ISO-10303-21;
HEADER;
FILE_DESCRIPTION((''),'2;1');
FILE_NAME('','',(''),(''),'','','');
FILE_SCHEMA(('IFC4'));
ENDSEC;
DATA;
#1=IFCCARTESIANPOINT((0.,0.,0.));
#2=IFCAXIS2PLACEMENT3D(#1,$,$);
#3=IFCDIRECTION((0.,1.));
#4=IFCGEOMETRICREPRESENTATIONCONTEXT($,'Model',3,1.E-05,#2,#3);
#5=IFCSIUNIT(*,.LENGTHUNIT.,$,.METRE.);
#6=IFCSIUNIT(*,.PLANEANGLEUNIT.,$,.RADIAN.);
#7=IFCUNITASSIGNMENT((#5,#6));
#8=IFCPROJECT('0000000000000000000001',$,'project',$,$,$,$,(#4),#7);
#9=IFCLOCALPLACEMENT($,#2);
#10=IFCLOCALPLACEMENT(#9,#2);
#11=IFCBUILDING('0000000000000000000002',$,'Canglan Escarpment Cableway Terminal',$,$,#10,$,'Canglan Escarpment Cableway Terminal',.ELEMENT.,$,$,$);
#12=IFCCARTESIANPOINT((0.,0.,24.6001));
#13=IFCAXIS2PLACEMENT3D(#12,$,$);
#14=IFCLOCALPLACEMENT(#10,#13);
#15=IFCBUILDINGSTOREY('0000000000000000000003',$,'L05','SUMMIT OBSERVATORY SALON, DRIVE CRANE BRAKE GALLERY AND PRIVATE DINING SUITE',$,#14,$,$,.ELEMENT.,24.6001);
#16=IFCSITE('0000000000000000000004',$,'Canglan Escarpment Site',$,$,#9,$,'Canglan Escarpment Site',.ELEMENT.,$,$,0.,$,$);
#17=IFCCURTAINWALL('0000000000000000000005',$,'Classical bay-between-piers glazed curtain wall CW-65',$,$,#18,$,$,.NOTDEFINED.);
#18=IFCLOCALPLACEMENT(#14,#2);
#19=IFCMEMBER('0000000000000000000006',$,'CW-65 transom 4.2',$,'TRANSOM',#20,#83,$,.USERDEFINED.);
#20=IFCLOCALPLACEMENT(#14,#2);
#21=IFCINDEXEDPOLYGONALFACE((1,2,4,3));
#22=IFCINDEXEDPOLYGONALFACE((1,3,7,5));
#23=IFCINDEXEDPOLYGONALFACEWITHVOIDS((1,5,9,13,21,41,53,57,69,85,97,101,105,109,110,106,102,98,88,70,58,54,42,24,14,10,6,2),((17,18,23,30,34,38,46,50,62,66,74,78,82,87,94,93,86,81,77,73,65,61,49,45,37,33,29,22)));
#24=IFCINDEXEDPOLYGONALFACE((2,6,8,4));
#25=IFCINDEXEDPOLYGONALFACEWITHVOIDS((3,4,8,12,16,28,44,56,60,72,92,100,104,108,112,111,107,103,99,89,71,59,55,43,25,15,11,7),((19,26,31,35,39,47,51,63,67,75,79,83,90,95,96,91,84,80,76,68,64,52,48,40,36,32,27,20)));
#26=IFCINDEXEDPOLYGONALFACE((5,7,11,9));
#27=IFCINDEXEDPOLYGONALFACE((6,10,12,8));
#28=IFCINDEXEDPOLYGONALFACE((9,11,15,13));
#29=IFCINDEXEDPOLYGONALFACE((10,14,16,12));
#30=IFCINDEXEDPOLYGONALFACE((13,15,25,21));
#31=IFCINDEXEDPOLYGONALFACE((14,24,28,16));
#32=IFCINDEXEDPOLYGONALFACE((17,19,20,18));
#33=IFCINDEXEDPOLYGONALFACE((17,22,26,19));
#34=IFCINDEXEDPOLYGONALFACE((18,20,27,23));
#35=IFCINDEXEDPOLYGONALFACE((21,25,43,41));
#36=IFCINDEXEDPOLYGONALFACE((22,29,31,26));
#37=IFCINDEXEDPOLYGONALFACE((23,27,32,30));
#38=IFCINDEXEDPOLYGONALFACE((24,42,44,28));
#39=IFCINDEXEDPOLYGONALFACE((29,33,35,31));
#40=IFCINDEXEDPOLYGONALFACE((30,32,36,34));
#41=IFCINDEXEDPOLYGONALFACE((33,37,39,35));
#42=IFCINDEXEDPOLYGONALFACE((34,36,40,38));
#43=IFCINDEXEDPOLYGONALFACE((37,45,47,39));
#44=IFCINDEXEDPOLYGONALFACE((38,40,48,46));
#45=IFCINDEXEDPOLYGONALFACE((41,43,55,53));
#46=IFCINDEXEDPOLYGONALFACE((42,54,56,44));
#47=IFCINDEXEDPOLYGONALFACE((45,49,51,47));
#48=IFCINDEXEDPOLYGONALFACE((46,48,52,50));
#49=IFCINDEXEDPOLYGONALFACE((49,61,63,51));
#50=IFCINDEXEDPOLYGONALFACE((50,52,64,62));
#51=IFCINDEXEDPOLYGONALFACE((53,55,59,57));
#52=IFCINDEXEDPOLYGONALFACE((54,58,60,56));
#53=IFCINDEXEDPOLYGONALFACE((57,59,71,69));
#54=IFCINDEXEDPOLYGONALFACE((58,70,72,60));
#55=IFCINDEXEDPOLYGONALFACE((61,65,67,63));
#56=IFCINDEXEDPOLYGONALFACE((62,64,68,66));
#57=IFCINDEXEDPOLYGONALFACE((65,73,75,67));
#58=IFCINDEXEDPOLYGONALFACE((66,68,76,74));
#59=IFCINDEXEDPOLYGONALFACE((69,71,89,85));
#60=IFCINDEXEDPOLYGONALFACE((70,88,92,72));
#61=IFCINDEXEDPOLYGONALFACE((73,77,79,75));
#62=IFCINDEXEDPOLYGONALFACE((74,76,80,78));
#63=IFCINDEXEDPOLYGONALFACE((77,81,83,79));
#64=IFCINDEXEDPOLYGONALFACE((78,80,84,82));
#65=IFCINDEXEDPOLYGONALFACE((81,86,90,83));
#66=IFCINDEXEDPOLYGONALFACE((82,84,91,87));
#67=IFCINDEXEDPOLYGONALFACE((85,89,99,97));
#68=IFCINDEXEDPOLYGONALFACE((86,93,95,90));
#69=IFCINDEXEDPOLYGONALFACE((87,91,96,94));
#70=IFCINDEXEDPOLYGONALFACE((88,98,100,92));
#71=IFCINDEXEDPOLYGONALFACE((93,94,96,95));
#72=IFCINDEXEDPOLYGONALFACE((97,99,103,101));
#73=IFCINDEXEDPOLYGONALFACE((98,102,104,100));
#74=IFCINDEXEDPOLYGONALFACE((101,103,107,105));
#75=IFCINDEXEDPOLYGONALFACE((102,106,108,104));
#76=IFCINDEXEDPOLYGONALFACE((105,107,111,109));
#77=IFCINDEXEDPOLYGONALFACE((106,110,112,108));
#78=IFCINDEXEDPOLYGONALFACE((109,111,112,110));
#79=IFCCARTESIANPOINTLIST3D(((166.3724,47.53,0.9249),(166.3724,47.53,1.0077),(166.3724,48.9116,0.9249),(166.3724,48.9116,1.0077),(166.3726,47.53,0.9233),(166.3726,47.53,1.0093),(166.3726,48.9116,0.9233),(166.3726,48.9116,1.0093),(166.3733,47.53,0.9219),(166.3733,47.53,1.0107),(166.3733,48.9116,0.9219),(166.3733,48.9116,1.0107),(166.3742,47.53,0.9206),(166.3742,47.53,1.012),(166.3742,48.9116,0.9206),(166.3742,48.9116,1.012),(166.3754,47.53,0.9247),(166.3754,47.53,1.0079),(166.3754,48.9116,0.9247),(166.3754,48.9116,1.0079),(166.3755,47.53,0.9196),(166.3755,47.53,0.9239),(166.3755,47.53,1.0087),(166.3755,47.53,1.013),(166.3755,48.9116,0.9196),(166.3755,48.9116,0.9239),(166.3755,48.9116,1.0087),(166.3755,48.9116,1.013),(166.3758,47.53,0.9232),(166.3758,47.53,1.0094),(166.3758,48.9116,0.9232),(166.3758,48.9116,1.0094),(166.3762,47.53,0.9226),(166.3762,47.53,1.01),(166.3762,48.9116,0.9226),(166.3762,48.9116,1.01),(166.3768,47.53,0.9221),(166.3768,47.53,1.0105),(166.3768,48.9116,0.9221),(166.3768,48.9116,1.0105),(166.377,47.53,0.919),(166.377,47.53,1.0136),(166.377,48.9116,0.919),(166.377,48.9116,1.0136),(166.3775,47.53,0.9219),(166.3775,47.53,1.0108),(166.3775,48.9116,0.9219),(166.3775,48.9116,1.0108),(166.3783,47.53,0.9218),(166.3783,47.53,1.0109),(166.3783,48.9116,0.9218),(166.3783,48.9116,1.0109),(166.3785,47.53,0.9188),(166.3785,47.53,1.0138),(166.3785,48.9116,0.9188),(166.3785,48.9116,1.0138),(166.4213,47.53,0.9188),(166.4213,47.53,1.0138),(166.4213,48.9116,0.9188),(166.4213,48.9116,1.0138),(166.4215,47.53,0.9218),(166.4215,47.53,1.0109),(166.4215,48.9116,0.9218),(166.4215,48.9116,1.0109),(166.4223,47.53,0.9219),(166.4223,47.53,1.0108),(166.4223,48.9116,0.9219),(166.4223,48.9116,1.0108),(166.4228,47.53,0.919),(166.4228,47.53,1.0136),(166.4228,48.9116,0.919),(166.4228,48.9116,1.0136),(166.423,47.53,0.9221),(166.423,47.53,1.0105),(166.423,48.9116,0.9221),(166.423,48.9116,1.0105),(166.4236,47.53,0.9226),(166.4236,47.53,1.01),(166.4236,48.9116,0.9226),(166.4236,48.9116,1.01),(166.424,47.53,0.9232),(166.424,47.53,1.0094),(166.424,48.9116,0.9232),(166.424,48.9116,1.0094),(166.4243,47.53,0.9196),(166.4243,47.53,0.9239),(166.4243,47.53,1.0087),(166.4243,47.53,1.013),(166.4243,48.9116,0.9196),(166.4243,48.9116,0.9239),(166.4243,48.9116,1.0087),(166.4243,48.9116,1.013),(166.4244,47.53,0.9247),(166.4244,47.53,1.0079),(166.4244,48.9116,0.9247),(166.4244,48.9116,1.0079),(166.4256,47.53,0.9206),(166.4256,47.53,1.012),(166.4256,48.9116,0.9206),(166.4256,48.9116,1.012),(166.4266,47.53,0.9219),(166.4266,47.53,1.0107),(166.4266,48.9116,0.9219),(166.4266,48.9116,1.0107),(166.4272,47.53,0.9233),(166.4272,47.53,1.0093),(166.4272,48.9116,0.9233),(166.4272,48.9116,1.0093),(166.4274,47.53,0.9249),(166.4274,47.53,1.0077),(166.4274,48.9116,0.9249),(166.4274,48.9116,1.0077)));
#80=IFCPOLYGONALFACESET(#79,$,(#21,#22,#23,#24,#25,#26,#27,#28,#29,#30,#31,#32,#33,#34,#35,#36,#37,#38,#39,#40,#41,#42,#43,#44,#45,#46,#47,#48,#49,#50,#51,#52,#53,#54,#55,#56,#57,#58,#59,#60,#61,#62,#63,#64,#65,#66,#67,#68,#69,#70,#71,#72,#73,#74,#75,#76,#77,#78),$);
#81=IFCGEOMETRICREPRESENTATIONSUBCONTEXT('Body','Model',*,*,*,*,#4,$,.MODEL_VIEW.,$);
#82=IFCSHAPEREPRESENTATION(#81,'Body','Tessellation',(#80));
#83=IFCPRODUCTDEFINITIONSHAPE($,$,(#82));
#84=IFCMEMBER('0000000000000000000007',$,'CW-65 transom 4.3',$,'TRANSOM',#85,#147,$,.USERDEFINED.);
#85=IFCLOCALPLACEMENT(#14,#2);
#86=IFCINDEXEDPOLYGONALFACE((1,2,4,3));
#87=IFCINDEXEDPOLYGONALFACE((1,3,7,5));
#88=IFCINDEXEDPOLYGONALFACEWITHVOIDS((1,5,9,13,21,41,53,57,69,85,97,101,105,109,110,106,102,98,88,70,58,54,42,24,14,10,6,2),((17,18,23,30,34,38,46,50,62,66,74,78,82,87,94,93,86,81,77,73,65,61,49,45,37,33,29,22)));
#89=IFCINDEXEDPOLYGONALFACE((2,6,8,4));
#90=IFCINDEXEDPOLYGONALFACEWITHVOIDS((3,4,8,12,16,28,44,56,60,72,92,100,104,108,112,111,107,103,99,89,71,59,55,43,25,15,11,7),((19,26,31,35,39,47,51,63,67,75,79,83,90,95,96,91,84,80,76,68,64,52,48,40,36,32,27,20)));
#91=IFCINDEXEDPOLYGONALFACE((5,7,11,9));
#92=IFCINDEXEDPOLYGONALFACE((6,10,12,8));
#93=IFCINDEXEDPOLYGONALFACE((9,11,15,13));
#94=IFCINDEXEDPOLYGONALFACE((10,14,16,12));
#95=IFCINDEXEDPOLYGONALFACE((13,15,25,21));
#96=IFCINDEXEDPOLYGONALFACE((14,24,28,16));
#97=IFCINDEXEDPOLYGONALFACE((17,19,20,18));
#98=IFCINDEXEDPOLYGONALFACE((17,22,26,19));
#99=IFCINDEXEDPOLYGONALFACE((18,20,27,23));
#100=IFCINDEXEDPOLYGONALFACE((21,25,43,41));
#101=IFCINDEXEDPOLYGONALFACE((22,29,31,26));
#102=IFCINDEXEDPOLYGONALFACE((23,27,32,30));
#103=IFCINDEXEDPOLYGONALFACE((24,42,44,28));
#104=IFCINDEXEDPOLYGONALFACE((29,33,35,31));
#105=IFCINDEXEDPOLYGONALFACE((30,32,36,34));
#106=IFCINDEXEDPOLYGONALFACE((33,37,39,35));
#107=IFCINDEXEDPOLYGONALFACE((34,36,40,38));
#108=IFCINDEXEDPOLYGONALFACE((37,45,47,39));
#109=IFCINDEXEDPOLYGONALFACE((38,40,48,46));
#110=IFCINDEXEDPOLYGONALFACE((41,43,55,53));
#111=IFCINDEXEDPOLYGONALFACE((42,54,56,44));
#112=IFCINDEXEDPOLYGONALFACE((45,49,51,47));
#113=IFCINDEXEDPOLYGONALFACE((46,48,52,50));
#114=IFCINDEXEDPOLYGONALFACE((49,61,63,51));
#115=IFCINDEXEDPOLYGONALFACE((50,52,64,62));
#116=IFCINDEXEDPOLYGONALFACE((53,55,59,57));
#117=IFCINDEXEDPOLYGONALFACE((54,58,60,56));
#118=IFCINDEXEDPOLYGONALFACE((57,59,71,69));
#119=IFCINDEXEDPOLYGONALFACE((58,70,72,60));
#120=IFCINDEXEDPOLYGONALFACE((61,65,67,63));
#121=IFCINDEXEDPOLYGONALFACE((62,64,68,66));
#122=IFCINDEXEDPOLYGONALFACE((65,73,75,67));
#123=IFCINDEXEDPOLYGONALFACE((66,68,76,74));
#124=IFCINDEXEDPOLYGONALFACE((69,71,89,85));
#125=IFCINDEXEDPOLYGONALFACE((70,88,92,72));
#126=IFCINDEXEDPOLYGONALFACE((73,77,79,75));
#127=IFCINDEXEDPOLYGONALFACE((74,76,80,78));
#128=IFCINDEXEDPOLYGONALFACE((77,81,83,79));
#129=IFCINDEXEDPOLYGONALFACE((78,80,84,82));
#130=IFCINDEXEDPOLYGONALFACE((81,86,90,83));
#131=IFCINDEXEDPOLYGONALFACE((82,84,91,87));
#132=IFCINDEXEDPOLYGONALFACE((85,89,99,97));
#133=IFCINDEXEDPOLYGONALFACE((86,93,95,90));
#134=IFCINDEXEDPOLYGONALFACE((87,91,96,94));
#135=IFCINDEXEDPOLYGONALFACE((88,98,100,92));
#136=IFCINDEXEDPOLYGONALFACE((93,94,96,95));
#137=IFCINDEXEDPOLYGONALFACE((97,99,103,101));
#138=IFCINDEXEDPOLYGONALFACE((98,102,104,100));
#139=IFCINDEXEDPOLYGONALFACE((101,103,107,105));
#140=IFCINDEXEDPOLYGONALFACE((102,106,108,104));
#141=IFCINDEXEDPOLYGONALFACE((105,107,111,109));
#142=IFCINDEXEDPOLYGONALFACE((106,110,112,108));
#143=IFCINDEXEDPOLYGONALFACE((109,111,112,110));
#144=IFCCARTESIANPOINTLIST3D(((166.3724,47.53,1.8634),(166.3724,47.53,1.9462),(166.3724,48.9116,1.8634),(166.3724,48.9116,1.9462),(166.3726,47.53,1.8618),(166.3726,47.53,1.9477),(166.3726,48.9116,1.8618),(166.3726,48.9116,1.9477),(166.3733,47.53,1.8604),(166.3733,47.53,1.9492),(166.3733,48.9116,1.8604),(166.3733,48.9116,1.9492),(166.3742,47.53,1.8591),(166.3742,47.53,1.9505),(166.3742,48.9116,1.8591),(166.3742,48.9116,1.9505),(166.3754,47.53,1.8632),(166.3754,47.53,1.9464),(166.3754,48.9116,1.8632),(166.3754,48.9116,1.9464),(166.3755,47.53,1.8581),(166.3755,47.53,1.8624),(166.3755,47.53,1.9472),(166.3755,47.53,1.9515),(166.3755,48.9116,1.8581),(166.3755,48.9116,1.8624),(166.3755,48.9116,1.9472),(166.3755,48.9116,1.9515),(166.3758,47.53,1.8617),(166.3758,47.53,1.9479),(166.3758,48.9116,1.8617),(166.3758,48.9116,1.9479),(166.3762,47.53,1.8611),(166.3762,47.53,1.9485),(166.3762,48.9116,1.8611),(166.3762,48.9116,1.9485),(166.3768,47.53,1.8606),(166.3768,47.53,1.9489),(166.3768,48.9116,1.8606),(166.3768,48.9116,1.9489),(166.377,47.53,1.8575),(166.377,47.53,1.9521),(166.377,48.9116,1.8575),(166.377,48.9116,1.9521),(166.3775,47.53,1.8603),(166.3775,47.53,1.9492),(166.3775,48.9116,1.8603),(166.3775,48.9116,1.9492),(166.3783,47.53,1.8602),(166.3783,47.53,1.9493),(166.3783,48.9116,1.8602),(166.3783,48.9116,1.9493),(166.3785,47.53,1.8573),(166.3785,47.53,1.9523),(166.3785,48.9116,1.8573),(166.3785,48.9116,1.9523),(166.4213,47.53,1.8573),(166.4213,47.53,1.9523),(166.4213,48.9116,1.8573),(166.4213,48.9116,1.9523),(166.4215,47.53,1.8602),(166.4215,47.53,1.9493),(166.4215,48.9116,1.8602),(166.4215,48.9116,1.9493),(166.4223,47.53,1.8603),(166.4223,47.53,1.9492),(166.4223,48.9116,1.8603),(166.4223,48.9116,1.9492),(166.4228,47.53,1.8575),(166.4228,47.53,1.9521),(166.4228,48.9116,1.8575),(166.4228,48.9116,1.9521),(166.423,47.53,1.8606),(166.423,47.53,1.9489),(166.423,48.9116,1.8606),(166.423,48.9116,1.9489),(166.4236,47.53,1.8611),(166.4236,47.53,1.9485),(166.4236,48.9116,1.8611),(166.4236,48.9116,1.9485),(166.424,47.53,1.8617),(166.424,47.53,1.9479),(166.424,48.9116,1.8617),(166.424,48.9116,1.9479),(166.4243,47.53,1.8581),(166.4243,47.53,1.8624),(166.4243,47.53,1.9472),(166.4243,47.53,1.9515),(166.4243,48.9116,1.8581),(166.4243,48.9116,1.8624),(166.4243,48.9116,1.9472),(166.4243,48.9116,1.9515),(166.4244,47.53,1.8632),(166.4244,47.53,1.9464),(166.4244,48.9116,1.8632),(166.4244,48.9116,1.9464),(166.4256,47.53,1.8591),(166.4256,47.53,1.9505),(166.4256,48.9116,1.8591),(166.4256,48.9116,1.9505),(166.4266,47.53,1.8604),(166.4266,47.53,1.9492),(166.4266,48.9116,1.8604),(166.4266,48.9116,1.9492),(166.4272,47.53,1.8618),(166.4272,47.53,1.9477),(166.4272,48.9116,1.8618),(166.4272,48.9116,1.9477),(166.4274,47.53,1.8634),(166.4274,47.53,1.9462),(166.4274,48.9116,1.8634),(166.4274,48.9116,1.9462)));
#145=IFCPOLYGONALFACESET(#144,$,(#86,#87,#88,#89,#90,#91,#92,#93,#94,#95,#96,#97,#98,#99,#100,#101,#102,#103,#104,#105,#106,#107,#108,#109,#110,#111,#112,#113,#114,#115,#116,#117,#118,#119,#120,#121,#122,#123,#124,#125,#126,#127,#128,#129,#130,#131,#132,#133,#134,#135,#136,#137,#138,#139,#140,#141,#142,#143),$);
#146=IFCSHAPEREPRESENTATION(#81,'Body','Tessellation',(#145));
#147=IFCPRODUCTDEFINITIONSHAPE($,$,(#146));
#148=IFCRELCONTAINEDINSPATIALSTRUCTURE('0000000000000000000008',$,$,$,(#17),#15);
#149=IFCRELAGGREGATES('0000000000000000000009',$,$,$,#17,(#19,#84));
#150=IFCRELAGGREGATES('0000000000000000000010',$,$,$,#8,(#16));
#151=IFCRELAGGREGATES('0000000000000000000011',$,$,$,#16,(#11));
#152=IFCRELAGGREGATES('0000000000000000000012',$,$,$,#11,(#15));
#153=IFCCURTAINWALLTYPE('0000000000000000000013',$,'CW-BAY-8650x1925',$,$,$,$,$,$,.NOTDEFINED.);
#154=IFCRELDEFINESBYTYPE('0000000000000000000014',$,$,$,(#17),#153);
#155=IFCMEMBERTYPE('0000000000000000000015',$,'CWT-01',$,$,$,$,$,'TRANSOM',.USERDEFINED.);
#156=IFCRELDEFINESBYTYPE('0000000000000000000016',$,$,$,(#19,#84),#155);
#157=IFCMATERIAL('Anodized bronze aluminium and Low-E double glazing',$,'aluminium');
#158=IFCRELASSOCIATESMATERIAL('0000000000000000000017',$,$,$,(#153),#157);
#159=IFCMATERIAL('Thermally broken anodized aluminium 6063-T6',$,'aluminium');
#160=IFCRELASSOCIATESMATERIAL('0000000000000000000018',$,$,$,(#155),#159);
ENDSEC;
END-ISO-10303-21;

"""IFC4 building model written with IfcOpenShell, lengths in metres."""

from ifc_helpers import new_model, si_unit, direction, frame, origin, origin_2d, place, context, subcontext, project, spatial, hollow_rectangle, extrude, material, material_profile, profile_set, type_object, element, aggregate, save


model = new_model("IFC4")

# Units and contexts
model_context = context("Model", 3, precision=1e-05, world=origin(), true_north=direction((0.0, 1.0)))
body_context = subcontext(model_context, "Body", "Model", "MODEL_VIEW")
ifc_project = project(units=[si_unit("LENGTHUNIT", "METRE"), si_unit("PLANEANGLEUNIT", "RADIAN")], contexts=[model_context])

# Site, building, storey
site_placement = place(None, origin())
site = spatial("IfcSite", under=ifc_project, at=site_placement, Name="Canglan Escarpment Site", LongName="Canglan Escarpment Site", CompositionType="ELEMENT", RefElevation=0.0)
building_placement = place(site_placement, origin())
building = spatial("IfcBuilding", under=site, at=building_placement, Name="Canglan Escarpment Cableway Terminal", LongName="Canglan Escarpment Cableway Terminal", CompositionType="ELEMENT")
storey_placement = place(building_placement, frame((0.0, 0.0, 24.6001)))
storey = spatial("IfcBuildingStorey", under=building, at=storey_placement, Name="L05", Description="SUMMIT OBSERVATORY SALON, DRIVE CRANE BRAKE GALLERY AND PRIVATE DINING SUITE", CompositionType="ELEMENT", Elevation=24.6001)

# Curtain wall, members
ifc_material_1 = material(Name="Anodized bronze aluminium and Low-E double glazing", Category="aluminium")
curtain_wall_type = type_object("IfcCurtainWallType", Name="CW-BAY-8650x1925", PredefinedType="NOTDEFINED", material=ifc_material_1)
curtain_wall_placement = place(storey_placement, origin())
curtain_wall = element("IfcCurtainWall", 1, at=curtain_wall_placement, inside=storey, type_object=curtain_wall_type, Name="Classical bay-between-piers glazed curtain wall CW-65", PredefinedType="NOTDEFINED")
ifc_material_2 = material(Name="Thermally broken anodized aluminium 6063-T6", Category="aluminium")
ifc_material_profile_1 = material_profile(ifc_material_2, hollow_rectangle(XDim=0.0549, YDim=0.095, WallThickness=0.0029, InnerFilletRadius=0.0029, OuterFilletRadius=0.0061, at=origin_2d()), Name="ALU-TRAN 55x95x3")
ifc_profile_set_1 = profile_set([ifc_material_profile_1], Name="Thermally broken anodized aluminium 6063-T6")
member_type_1 = type_object("IfcMemberType", Name="CWT-01", ElementType="TRANSOM", PredefinedType="USERDEFINED", material=ifc_profile_set_1)
member_1_placement = place(storey_placement, frame((166.3999, 47.53, 0.9663), z_axis=(0.0, 1.0, 0.0), x_axis=(-1.0, 0.0, 0.0)))
member_1 = element("IfcMember", 2, at=member_1_placement, type_object=member_type_1, Name="CW-65 transom 4.2", ObjectType="TRANSOM", PredefinedType="USERDEFINED", context=body_context, shape_type="SweptSolid", body=[
    extrude(hollow_rectangle(XDim=0.0549, YDim=0.095, WallThickness=0.0029, InnerFilletRadius=0.0029, OuterFilletRadius=0.0061, at=origin_2d()), origin(), (0.0, 0.0, 1.0), 1.3816),
])
member_2_placement = place(storey_placement, frame((166.3999, 47.53, 1.9048), z_axis=(0.0, 1.0, 0.0), x_axis=(-1.0, 0.0, 0.0)))
member_2 = element("IfcMember", 3, at=member_2_placement, type_object=member_type_1, Name="CW-65 transom 4.3", ObjectType="TRANSOM", PredefinedType="USERDEFINED", context=body_context, shape_type="SweptSolid", body=[
    extrude(hollow_rectangle(XDim=0.0549, YDim=0.095, WallThickness=0.0029, InnerFilletRadius=0.0029, OuterFilletRadius=0.0061, at=origin_2d()), origin(), (0.0, 0.0, 1.0), 1.3816),
])

aggregate(curtain_wall, [member_1, member_2])

save(model, "model.ifc")
